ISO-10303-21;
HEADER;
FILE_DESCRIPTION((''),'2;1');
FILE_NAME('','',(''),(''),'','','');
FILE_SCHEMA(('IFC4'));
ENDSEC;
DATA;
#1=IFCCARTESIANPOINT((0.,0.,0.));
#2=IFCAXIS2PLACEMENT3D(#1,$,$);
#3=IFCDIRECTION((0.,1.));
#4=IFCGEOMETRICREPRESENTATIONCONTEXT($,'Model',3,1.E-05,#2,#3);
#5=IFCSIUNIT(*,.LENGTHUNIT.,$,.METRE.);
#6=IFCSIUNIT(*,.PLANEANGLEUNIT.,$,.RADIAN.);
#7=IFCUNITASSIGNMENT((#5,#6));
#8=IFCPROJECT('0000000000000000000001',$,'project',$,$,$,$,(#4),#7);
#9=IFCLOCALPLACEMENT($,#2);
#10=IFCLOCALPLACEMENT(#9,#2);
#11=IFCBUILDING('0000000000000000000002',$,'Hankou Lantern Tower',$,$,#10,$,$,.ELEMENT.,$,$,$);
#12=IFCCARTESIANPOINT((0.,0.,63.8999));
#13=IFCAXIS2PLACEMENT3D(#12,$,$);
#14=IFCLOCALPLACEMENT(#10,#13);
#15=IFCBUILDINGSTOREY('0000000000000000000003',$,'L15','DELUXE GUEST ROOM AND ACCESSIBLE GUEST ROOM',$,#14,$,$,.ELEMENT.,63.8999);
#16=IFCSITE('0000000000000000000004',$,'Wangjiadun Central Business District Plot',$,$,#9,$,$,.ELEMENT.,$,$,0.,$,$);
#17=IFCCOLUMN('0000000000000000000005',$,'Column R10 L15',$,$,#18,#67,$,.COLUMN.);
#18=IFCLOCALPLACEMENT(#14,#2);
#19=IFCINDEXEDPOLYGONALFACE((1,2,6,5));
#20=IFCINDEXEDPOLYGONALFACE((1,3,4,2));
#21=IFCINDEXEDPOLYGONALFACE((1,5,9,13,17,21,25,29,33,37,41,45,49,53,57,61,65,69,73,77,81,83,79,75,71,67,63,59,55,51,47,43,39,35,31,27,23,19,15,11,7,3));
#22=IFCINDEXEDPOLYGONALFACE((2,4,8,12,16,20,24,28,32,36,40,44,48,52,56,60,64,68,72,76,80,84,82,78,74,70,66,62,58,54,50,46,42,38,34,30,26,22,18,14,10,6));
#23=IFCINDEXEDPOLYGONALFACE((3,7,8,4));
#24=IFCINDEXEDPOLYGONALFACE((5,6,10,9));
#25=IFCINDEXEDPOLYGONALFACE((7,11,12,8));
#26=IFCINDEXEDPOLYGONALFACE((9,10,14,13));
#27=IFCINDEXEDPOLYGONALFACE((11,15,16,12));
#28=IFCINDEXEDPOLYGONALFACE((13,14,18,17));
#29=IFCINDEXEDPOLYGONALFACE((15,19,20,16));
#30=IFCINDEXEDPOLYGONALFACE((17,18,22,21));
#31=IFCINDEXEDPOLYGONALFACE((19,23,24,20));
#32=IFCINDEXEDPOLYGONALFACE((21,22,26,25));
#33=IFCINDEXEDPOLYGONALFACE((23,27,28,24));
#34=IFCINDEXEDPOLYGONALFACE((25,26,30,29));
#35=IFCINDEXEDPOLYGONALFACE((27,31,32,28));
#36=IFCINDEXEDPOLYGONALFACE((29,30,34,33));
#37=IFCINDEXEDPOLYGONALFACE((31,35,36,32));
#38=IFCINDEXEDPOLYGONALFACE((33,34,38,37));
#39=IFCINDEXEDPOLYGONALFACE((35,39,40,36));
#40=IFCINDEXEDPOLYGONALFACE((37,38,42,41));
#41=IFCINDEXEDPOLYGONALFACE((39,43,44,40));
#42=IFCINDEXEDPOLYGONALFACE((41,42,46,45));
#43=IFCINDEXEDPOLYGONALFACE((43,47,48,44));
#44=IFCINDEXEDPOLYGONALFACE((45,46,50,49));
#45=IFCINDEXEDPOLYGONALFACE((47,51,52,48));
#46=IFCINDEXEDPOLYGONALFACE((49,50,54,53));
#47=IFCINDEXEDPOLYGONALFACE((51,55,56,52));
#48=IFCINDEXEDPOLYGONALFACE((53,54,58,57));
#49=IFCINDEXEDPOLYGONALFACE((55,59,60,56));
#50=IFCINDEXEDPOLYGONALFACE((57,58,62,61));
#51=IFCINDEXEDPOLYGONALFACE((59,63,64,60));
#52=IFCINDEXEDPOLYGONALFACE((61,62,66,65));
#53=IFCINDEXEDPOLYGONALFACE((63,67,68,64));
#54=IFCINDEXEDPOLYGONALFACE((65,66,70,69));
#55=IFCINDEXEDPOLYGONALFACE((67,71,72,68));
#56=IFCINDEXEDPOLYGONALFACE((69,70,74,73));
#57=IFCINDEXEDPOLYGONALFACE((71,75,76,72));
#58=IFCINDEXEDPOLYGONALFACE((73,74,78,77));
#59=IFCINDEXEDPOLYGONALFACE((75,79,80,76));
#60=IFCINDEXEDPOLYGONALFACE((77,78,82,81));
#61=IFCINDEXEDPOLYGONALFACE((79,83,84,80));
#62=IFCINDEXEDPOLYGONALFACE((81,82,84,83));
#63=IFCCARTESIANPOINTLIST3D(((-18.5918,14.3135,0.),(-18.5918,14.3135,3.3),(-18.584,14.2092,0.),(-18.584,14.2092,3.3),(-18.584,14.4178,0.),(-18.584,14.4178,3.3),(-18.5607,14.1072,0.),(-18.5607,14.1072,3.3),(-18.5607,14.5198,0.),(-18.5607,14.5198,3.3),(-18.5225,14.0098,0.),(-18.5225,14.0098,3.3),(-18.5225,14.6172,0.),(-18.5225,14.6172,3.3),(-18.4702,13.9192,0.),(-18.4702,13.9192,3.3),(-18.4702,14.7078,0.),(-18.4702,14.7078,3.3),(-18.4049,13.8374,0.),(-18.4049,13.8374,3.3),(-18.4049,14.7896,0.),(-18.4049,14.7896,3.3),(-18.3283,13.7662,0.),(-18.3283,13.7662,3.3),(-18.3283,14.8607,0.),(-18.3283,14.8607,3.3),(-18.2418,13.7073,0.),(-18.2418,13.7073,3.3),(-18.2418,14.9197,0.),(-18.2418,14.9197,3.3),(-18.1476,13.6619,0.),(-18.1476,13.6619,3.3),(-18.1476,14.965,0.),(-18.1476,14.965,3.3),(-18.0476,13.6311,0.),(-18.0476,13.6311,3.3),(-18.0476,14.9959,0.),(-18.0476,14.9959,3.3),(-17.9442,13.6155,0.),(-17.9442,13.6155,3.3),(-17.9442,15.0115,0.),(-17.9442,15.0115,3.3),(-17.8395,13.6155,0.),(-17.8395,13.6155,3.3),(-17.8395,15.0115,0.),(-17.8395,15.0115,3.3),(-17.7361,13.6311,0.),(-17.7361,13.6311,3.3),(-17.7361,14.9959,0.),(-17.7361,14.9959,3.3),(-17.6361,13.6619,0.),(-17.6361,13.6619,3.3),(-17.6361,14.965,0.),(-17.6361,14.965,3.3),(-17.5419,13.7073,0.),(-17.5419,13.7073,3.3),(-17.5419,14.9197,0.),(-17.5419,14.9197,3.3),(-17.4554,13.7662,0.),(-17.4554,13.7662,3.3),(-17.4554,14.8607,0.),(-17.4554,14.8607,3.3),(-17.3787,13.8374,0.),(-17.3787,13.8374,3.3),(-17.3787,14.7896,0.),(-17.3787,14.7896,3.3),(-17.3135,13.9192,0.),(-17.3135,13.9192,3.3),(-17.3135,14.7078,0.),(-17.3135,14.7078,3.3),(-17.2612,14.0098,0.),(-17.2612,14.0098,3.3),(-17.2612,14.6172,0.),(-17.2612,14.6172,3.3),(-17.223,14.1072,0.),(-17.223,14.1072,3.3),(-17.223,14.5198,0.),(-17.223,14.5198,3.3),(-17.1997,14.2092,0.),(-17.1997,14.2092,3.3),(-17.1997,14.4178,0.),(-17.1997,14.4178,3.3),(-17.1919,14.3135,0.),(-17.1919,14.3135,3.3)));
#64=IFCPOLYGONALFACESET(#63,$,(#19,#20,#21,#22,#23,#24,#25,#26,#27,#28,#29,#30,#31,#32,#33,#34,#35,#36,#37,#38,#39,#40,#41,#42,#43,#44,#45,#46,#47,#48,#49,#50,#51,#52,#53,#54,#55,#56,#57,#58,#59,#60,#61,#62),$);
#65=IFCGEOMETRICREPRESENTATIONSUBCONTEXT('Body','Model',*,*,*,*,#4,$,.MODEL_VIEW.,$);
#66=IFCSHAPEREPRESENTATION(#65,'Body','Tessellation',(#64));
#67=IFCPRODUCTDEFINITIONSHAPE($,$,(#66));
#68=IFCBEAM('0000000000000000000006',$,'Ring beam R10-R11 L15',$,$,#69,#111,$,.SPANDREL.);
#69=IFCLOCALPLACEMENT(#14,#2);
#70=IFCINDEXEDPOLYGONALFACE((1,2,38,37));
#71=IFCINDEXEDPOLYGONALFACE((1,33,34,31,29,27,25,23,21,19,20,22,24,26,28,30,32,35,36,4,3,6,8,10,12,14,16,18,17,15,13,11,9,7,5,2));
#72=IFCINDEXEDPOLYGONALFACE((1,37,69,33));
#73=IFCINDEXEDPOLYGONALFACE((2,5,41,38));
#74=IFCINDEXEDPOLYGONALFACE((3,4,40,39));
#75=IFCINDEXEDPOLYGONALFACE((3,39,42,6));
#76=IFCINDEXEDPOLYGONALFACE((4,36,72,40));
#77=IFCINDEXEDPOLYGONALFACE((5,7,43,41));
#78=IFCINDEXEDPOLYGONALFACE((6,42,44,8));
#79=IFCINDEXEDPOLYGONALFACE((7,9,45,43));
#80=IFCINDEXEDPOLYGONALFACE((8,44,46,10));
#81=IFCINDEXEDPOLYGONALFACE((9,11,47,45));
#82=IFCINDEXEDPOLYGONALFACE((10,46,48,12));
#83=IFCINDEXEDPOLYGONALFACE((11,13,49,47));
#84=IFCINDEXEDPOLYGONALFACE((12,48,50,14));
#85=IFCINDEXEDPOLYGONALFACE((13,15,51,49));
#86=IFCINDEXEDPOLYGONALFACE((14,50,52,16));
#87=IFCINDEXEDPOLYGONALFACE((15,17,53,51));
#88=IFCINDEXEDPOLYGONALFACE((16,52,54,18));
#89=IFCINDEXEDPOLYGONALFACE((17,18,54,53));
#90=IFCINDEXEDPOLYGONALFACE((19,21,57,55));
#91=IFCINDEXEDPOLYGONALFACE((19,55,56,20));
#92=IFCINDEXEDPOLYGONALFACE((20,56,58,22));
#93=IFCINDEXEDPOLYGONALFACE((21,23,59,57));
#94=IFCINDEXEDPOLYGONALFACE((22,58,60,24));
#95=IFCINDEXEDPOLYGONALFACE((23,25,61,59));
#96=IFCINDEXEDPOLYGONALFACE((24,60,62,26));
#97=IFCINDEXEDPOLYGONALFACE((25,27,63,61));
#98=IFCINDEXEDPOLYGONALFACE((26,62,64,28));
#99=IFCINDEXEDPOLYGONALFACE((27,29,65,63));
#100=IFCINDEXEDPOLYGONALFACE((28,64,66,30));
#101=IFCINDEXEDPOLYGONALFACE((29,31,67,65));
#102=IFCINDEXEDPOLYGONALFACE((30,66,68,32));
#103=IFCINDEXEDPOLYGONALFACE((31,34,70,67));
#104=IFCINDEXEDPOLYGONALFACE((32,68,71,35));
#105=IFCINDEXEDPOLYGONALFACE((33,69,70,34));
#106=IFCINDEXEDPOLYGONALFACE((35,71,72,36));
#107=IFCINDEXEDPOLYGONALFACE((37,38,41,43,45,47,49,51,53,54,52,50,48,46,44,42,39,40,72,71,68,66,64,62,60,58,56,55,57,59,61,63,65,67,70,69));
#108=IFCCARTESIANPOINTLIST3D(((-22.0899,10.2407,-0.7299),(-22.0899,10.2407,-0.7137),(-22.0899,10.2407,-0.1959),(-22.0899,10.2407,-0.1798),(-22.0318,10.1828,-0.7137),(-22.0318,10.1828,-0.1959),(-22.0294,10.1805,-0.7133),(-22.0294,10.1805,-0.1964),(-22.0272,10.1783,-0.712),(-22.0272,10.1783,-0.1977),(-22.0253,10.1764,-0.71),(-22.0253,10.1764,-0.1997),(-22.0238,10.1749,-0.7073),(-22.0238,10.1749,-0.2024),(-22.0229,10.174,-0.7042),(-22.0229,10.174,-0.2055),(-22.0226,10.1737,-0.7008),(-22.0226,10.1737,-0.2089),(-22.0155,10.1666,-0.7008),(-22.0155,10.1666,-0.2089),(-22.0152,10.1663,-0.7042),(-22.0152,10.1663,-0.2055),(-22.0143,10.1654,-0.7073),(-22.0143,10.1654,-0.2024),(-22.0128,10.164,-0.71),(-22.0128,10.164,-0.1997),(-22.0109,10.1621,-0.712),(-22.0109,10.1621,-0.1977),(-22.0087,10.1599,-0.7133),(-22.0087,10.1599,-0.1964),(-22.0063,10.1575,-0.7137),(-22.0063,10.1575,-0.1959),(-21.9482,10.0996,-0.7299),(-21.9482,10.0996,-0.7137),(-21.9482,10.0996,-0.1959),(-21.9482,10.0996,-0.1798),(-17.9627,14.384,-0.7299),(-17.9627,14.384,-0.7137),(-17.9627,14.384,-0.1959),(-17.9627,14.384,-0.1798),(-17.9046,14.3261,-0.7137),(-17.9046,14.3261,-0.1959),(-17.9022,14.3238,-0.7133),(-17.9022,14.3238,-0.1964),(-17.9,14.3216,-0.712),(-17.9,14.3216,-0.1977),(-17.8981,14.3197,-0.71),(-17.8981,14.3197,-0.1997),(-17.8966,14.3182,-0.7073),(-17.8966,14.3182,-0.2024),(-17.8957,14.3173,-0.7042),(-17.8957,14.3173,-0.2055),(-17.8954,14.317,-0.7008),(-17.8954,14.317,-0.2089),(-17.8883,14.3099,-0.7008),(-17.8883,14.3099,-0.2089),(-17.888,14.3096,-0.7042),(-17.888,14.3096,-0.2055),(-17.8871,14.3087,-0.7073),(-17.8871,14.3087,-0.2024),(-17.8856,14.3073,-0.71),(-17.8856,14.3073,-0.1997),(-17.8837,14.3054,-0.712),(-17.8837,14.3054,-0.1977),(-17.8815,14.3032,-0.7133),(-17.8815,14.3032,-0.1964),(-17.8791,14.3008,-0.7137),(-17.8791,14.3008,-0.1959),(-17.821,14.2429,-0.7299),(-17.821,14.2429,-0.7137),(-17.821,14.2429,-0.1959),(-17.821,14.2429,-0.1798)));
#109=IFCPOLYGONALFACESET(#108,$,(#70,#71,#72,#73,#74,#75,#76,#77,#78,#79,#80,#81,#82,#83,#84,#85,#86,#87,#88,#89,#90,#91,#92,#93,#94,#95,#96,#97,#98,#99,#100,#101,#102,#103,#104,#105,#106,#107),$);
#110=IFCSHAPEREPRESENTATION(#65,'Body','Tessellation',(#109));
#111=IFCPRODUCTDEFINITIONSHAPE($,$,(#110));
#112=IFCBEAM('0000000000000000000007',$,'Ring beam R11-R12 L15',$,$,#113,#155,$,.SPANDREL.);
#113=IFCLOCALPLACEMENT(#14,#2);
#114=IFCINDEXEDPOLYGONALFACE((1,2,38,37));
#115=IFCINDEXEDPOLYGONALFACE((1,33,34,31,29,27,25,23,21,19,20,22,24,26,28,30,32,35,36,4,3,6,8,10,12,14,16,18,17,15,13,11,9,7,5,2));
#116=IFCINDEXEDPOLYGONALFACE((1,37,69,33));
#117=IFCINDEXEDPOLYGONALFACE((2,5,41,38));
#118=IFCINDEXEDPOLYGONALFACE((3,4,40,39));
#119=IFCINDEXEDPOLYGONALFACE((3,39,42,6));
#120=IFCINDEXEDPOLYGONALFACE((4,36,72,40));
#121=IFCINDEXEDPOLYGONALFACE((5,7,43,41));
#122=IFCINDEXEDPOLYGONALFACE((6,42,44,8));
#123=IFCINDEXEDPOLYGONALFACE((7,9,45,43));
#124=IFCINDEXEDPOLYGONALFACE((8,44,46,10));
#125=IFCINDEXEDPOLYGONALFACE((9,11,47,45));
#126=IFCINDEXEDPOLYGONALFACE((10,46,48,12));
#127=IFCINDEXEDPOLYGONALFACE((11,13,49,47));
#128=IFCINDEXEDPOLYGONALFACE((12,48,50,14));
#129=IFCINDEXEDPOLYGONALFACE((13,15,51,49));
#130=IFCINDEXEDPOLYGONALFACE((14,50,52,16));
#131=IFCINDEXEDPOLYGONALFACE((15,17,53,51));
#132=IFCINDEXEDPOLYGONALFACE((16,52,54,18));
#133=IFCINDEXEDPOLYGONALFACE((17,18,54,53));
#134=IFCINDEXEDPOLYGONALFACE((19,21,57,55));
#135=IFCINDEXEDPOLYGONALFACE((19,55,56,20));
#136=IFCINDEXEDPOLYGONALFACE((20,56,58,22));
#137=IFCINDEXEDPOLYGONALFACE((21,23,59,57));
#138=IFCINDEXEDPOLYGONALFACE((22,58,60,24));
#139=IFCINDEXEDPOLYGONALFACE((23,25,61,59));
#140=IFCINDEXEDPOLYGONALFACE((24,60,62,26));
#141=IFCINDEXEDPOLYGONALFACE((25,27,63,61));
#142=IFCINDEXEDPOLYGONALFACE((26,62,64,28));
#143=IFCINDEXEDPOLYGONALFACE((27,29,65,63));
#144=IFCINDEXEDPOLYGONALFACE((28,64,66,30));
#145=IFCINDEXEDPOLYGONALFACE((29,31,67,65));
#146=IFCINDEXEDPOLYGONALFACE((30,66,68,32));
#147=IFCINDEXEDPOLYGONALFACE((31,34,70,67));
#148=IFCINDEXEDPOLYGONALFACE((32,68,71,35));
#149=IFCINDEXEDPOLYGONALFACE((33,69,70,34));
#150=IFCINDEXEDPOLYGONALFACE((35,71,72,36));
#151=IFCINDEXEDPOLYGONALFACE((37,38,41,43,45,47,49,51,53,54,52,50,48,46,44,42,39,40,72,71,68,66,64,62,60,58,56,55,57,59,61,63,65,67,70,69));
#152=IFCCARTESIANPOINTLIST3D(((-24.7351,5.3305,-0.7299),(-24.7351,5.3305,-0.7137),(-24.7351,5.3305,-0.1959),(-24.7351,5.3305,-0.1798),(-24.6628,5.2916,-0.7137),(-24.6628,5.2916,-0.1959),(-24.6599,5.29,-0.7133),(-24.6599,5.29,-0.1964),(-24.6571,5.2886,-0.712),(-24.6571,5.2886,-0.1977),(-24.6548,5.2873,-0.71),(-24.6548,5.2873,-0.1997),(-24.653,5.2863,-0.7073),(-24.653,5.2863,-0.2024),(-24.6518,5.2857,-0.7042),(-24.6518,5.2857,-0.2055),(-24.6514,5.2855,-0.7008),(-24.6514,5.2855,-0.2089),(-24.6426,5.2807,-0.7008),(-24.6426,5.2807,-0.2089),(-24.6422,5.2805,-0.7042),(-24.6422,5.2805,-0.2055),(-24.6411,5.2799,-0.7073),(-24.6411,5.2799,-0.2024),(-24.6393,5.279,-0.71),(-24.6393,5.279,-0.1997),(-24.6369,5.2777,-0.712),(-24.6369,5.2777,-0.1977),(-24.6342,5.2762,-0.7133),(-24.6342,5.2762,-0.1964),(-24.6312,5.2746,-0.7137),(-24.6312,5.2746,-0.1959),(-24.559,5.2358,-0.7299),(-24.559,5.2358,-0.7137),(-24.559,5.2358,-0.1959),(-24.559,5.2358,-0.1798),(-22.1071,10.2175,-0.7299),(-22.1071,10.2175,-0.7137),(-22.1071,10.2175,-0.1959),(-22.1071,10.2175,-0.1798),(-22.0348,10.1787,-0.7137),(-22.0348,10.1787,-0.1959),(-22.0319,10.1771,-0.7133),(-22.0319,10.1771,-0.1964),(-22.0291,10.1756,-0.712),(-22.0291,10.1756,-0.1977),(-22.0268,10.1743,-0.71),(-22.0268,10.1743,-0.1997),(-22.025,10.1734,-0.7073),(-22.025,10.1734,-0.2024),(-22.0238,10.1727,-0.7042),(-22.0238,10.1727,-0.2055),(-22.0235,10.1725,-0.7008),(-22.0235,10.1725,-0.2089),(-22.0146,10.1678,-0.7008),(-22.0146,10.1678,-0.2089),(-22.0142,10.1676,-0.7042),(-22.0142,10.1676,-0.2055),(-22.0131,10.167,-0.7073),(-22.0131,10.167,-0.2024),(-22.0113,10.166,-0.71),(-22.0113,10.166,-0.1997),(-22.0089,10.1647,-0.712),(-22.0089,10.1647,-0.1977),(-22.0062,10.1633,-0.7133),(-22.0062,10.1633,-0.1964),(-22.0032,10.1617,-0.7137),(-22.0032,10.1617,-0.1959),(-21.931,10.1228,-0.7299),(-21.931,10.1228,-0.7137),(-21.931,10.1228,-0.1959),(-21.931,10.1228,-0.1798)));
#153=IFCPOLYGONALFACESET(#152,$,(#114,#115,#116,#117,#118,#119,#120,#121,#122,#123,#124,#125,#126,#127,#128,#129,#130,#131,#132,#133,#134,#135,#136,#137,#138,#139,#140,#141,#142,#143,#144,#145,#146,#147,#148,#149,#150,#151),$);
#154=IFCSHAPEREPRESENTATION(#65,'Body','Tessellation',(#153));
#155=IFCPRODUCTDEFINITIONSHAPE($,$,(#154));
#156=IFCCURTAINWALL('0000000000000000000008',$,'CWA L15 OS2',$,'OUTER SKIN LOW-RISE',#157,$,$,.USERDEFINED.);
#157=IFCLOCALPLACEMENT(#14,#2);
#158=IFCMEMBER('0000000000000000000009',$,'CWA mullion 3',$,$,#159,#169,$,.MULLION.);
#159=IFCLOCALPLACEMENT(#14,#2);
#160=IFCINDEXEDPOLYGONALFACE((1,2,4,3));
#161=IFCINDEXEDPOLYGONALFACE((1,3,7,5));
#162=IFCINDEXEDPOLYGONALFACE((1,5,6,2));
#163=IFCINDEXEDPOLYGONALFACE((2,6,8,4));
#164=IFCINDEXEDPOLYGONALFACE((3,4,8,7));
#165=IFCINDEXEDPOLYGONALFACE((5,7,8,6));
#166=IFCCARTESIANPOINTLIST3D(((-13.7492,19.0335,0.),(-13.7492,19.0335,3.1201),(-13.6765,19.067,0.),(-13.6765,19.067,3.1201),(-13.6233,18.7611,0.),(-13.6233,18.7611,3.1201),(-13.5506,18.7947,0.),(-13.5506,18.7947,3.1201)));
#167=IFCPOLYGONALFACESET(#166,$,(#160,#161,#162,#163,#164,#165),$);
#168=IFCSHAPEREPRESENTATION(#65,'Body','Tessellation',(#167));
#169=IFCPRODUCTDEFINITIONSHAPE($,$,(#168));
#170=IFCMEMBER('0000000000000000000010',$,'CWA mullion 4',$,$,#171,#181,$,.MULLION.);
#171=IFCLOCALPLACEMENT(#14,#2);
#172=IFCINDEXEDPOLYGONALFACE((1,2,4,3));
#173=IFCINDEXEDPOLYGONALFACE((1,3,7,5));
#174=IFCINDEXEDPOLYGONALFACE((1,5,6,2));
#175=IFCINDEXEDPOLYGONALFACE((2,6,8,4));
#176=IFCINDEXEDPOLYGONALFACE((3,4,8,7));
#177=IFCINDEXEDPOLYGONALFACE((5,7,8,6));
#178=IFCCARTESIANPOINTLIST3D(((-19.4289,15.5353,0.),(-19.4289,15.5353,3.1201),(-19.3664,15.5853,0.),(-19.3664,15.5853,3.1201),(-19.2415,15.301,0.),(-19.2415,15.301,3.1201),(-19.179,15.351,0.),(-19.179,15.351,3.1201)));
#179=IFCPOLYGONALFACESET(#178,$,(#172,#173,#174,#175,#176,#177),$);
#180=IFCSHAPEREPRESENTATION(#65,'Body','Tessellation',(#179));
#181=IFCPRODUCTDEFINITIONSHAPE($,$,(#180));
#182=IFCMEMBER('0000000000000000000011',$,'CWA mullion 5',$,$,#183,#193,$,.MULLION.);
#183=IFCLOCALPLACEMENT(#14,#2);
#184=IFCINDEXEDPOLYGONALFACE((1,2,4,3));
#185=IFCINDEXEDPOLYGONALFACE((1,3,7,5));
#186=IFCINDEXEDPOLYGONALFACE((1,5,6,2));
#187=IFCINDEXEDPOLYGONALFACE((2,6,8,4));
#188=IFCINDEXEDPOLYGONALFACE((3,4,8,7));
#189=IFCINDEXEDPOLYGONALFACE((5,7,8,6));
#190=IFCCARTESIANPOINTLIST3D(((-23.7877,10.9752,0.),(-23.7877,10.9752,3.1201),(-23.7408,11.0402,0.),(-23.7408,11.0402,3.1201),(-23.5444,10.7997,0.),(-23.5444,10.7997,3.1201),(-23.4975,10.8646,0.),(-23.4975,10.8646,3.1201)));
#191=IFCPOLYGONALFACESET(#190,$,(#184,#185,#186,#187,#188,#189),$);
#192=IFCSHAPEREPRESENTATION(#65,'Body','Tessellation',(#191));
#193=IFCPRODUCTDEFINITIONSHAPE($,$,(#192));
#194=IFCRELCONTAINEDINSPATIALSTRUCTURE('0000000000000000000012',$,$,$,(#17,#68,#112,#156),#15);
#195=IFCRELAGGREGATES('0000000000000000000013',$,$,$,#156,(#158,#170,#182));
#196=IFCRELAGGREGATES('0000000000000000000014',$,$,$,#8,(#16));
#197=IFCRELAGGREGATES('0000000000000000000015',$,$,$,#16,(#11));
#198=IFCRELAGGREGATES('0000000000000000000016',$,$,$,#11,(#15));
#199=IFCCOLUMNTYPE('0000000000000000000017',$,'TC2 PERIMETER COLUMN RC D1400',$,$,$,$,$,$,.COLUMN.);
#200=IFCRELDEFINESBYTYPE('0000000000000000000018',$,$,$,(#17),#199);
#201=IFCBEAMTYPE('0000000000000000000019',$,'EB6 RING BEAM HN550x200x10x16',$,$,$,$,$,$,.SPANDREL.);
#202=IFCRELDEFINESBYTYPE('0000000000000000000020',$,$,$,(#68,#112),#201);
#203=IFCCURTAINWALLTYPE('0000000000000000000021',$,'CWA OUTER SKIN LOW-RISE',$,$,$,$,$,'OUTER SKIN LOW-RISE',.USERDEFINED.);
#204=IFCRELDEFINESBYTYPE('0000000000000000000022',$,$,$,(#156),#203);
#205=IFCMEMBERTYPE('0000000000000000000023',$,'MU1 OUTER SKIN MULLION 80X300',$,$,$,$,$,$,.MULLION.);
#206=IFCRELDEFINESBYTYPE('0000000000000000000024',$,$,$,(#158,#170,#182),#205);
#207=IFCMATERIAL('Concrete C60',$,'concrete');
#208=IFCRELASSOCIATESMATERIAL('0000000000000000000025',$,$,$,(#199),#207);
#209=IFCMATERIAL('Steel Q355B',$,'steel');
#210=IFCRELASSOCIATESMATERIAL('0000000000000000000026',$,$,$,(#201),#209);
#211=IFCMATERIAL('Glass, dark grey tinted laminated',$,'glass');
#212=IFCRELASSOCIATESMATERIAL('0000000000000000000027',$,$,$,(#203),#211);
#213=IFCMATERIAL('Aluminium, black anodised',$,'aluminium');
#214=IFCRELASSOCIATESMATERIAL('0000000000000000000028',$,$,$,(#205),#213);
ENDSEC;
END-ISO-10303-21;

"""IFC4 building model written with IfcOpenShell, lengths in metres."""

from ifc_helpers import new_model, si_unit, direction, frame, origin, origin_2d, place, context, subcontext, project, spatial, rectangle, circle, i_section, extrude, material, material_profile, profile_set, type_object, element, aggregate, save


model = new_model("IFC4")

# Units and contexts
model_context = context("Model", 3, precision=1e-05, world=origin(), true_north=direction((0.0, 1.0)))
body_context = subcontext(model_context, "Body", "Model", "MODEL_VIEW")
ifc_project = project(units=[si_unit("LENGTHUNIT", "METRE"), si_unit("PLANEANGLEUNIT", "RADIAN")], contexts=[model_context])

# Site, building, storey
site_placement = place(None, origin())
site = spatial("IfcSite", under=ifc_project, at=site_placement, Name="Wangjiadun Central Business District Plot", CompositionType="ELEMENT", RefElevation=0.0)
building_placement = place(site_placement, origin())
building = spatial("IfcBuilding", under=site, at=building_placement, Name="Hankou Lantern Tower", CompositionType="ELEMENT")
storey_placement = place(building_placement, frame((0.0, 0.0, 63.8999)))
storey = spatial("IfcBuildingStorey", under=building, at=storey_placement, Name="L15", Description="DELUXE GUEST ROOM AND ACCESSIBLE GUEST ROOM", CompositionType="ELEMENT", Elevation=63.8999)

# Column
ifc_material_1 = material(Name="Concrete C60", Category="concrete")
ifc_material_profile_1 = material_profile(ifc_material_1, circle(Radius=0.7, at=origin_2d()), Name="RC D1400")
ifc_profile_set_1 = profile_set([ifc_material_profile_1], Name="Concrete C60")
column_type = type_object("IfcColumnType", Name="TC2 PERIMETER COLUMN RC D1400", PredefinedType="COLUMN", material=ifc_profile_set_1)
column_placement = place(storey_placement, frame((-17.8918, 14.3135, 0.0), z_axis=(0.0, 0.0, 1.0), x_axis=(1.0, 0.0, 0.0)))
element("IfcColumn", 1, at=column_placement, inside=storey, type_object=column_type, Name="Column R10 L15", PredefinedType="COLUMN", context=body_context, shape_type="SweptSolid", body=[
    extrude(circle(Radius=0.7, at=origin_2d()), origin(), (0.0, 0.0, 1.0), 3.3),
])

# Beams
ifc_material_2 = material(Name="Steel Q355B", Category="steel")
ifc_material_profile_2 = material_profile(ifc_material_2, i_section(OverallWidth=0.2, OverallDepth=0.55, WebThickness=0.01, FlangeThickness=0.0161, FilletRadius=0.0129, at=origin_2d()), Name="HN550x200x10x16")
ifc_profile_set_2 = profile_set([ifc_material_profile_2], Name="Steel Q355B")
beam_type_1 = type_object("IfcBeamType", Name="EB6 RING BEAM HN550x200x10x16", PredefinedType="SPANDREL", material=ifc_profile_set_2)
beam_1_placement = place(storey_placement, frame((-17.8918, 14.3135, -0.4548), z_axis=(-0.705728, -0.708483, 0.0), x_axis=(0.708483, -0.705728, 0.0)))
element("IfcBeam", 2, at=beam_1_placement, inside=storey, type_object=beam_type_1, Name="Ring beam R10-R11 L15", PredefinedType="SPANDREL", context=body_context, shape_type="SweptSolid", body=[
    extrude(i_section(OverallWidth=0.2, OverallDepth=0.55, WebThickness=0.01, FlangeThickness=0.0161, FilletRadius=0.0129, at=origin_2d()), origin(), (0.0, 0.0, 1.0), 5.8481),
])
beam_2_placement = place(storey_placement, frame((-22.019, 10.1702, -0.4548), z_axis=(-0.473609, -0.880735, 0.0), x_axis=(0.880735, -0.473609, 0.0)))
element("IfcBeam", 3, at=beam_2_placement, inside=storey, type_object=beam_type_1, Name="Ring beam R11-R12 L15", PredefinedType="SPANDREL", context=body_context, shape_type="SweptSolid", body=[
    extrude(i_section(OverallWidth=0.2, OverallDepth=0.55, WebThickness=0.01, FlangeThickness=0.0161, FilletRadius=0.0129, at=origin_2d()), origin(), (0.0, 0.0, 1.0), 5.5488),
])

# Curtain wall, members
ifc_material_3 = material(Name="Glass, dark grey tinted laminated", Category="glass")
curtain_wall_type = type_object("IfcCurtainWallType", Name="CWA OUTER SKIN LOW-RISE", ElementType="OUTER SKIN LOW-RISE", PredefinedType="USERDEFINED", material=ifc_material_3)
curtain_wall_placement = place(storey_placement, origin())
curtain_wall = element("IfcCurtainWall", 4, at=curtain_wall_placement, inside=storey, type_object=curtain_wall_type, Name="CWA L15 OS2", ObjectType="OUTER SKIN LOW-RISE", PredefinedType="USERDEFINED")
ifc_material_4 = material(Name="Aluminium, black anodised", Category="aluminium")
ifc_material_profile_3 = material_profile(ifc_material_4, rectangle(XDim=0.0801, YDim=0.3, at=origin_2d()), Name="MU1 80X300")
ifc_profile_set_3 = profile_set([ifc_material_profile_3], Name="Aluminium, black anodised")
member_type_1 = type_object("IfcMemberType", Name="MU1 OUTER SKIN MULLION 80X300", PredefinedType="MULLION", material=ifc_profile_set_3)
member_1_placement = place(storey_placement, frame((-13.6499, 18.9141, 0.0), z_axis=(0.0, 0.0, 1.0), x_axis=(-0.907841, -0.419314, 0.0)))
member_1 = element("IfcMember", 5, at=member_1_placement, type_object=member_type_1, Name="CWA mullion 3", PredefinedType="MULLION", context=body_context, shape_type="SweptSolid", body=[
    extrude(rectangle(XDim=0.0801, YDim=0.3, at=origin_2d()), origin(), (0.0, 0.0, 1.0), 3.1201),
])
member_2_placement = place(storey_placement, frame((-19.304, 15.4431, 0.0), z_axis=(0.0, 0.0, 1.0), x_axis=(-0.780869, -0.624695, 0.0)))
member_2 = element("IfcMember", 6, at=member_2_placement, type_object=member_type_1, Name="CWA mullion 4", PredefinedType="MULLION", context=body_context, shape_type="SweptSolid", body=[
    extrude(rectangle(XDim=0.0801, YDim=0.3, at=origin_2d()), origin(), (0.0, 0.0, 1.0), 3.1201),
])
member_3_placement = place(storey_placement, frame((-23.6426, 10.9199, 0.0), z_axis=(0.0, 0.0, 1.0), x_axis=(-0.585206, -0.810885, 0.0)))
member_3 = element("IfcMember", 7, at=member_3_placement, type_object=member_type_1, Name="CWA mullion 5", PredefinedType="MULLION", context=body_context, shape_type="SweptSolid", body=[
    extrude(rectangle(XDim=0.0801, YDim=0.3, at=origin_2d()), origin(), (0.0, 0.0, 1.0), 3.1201),
])

aggregate(curtain_wall, [member_1, member_2, member_3])

save(model, "model.ifc")
